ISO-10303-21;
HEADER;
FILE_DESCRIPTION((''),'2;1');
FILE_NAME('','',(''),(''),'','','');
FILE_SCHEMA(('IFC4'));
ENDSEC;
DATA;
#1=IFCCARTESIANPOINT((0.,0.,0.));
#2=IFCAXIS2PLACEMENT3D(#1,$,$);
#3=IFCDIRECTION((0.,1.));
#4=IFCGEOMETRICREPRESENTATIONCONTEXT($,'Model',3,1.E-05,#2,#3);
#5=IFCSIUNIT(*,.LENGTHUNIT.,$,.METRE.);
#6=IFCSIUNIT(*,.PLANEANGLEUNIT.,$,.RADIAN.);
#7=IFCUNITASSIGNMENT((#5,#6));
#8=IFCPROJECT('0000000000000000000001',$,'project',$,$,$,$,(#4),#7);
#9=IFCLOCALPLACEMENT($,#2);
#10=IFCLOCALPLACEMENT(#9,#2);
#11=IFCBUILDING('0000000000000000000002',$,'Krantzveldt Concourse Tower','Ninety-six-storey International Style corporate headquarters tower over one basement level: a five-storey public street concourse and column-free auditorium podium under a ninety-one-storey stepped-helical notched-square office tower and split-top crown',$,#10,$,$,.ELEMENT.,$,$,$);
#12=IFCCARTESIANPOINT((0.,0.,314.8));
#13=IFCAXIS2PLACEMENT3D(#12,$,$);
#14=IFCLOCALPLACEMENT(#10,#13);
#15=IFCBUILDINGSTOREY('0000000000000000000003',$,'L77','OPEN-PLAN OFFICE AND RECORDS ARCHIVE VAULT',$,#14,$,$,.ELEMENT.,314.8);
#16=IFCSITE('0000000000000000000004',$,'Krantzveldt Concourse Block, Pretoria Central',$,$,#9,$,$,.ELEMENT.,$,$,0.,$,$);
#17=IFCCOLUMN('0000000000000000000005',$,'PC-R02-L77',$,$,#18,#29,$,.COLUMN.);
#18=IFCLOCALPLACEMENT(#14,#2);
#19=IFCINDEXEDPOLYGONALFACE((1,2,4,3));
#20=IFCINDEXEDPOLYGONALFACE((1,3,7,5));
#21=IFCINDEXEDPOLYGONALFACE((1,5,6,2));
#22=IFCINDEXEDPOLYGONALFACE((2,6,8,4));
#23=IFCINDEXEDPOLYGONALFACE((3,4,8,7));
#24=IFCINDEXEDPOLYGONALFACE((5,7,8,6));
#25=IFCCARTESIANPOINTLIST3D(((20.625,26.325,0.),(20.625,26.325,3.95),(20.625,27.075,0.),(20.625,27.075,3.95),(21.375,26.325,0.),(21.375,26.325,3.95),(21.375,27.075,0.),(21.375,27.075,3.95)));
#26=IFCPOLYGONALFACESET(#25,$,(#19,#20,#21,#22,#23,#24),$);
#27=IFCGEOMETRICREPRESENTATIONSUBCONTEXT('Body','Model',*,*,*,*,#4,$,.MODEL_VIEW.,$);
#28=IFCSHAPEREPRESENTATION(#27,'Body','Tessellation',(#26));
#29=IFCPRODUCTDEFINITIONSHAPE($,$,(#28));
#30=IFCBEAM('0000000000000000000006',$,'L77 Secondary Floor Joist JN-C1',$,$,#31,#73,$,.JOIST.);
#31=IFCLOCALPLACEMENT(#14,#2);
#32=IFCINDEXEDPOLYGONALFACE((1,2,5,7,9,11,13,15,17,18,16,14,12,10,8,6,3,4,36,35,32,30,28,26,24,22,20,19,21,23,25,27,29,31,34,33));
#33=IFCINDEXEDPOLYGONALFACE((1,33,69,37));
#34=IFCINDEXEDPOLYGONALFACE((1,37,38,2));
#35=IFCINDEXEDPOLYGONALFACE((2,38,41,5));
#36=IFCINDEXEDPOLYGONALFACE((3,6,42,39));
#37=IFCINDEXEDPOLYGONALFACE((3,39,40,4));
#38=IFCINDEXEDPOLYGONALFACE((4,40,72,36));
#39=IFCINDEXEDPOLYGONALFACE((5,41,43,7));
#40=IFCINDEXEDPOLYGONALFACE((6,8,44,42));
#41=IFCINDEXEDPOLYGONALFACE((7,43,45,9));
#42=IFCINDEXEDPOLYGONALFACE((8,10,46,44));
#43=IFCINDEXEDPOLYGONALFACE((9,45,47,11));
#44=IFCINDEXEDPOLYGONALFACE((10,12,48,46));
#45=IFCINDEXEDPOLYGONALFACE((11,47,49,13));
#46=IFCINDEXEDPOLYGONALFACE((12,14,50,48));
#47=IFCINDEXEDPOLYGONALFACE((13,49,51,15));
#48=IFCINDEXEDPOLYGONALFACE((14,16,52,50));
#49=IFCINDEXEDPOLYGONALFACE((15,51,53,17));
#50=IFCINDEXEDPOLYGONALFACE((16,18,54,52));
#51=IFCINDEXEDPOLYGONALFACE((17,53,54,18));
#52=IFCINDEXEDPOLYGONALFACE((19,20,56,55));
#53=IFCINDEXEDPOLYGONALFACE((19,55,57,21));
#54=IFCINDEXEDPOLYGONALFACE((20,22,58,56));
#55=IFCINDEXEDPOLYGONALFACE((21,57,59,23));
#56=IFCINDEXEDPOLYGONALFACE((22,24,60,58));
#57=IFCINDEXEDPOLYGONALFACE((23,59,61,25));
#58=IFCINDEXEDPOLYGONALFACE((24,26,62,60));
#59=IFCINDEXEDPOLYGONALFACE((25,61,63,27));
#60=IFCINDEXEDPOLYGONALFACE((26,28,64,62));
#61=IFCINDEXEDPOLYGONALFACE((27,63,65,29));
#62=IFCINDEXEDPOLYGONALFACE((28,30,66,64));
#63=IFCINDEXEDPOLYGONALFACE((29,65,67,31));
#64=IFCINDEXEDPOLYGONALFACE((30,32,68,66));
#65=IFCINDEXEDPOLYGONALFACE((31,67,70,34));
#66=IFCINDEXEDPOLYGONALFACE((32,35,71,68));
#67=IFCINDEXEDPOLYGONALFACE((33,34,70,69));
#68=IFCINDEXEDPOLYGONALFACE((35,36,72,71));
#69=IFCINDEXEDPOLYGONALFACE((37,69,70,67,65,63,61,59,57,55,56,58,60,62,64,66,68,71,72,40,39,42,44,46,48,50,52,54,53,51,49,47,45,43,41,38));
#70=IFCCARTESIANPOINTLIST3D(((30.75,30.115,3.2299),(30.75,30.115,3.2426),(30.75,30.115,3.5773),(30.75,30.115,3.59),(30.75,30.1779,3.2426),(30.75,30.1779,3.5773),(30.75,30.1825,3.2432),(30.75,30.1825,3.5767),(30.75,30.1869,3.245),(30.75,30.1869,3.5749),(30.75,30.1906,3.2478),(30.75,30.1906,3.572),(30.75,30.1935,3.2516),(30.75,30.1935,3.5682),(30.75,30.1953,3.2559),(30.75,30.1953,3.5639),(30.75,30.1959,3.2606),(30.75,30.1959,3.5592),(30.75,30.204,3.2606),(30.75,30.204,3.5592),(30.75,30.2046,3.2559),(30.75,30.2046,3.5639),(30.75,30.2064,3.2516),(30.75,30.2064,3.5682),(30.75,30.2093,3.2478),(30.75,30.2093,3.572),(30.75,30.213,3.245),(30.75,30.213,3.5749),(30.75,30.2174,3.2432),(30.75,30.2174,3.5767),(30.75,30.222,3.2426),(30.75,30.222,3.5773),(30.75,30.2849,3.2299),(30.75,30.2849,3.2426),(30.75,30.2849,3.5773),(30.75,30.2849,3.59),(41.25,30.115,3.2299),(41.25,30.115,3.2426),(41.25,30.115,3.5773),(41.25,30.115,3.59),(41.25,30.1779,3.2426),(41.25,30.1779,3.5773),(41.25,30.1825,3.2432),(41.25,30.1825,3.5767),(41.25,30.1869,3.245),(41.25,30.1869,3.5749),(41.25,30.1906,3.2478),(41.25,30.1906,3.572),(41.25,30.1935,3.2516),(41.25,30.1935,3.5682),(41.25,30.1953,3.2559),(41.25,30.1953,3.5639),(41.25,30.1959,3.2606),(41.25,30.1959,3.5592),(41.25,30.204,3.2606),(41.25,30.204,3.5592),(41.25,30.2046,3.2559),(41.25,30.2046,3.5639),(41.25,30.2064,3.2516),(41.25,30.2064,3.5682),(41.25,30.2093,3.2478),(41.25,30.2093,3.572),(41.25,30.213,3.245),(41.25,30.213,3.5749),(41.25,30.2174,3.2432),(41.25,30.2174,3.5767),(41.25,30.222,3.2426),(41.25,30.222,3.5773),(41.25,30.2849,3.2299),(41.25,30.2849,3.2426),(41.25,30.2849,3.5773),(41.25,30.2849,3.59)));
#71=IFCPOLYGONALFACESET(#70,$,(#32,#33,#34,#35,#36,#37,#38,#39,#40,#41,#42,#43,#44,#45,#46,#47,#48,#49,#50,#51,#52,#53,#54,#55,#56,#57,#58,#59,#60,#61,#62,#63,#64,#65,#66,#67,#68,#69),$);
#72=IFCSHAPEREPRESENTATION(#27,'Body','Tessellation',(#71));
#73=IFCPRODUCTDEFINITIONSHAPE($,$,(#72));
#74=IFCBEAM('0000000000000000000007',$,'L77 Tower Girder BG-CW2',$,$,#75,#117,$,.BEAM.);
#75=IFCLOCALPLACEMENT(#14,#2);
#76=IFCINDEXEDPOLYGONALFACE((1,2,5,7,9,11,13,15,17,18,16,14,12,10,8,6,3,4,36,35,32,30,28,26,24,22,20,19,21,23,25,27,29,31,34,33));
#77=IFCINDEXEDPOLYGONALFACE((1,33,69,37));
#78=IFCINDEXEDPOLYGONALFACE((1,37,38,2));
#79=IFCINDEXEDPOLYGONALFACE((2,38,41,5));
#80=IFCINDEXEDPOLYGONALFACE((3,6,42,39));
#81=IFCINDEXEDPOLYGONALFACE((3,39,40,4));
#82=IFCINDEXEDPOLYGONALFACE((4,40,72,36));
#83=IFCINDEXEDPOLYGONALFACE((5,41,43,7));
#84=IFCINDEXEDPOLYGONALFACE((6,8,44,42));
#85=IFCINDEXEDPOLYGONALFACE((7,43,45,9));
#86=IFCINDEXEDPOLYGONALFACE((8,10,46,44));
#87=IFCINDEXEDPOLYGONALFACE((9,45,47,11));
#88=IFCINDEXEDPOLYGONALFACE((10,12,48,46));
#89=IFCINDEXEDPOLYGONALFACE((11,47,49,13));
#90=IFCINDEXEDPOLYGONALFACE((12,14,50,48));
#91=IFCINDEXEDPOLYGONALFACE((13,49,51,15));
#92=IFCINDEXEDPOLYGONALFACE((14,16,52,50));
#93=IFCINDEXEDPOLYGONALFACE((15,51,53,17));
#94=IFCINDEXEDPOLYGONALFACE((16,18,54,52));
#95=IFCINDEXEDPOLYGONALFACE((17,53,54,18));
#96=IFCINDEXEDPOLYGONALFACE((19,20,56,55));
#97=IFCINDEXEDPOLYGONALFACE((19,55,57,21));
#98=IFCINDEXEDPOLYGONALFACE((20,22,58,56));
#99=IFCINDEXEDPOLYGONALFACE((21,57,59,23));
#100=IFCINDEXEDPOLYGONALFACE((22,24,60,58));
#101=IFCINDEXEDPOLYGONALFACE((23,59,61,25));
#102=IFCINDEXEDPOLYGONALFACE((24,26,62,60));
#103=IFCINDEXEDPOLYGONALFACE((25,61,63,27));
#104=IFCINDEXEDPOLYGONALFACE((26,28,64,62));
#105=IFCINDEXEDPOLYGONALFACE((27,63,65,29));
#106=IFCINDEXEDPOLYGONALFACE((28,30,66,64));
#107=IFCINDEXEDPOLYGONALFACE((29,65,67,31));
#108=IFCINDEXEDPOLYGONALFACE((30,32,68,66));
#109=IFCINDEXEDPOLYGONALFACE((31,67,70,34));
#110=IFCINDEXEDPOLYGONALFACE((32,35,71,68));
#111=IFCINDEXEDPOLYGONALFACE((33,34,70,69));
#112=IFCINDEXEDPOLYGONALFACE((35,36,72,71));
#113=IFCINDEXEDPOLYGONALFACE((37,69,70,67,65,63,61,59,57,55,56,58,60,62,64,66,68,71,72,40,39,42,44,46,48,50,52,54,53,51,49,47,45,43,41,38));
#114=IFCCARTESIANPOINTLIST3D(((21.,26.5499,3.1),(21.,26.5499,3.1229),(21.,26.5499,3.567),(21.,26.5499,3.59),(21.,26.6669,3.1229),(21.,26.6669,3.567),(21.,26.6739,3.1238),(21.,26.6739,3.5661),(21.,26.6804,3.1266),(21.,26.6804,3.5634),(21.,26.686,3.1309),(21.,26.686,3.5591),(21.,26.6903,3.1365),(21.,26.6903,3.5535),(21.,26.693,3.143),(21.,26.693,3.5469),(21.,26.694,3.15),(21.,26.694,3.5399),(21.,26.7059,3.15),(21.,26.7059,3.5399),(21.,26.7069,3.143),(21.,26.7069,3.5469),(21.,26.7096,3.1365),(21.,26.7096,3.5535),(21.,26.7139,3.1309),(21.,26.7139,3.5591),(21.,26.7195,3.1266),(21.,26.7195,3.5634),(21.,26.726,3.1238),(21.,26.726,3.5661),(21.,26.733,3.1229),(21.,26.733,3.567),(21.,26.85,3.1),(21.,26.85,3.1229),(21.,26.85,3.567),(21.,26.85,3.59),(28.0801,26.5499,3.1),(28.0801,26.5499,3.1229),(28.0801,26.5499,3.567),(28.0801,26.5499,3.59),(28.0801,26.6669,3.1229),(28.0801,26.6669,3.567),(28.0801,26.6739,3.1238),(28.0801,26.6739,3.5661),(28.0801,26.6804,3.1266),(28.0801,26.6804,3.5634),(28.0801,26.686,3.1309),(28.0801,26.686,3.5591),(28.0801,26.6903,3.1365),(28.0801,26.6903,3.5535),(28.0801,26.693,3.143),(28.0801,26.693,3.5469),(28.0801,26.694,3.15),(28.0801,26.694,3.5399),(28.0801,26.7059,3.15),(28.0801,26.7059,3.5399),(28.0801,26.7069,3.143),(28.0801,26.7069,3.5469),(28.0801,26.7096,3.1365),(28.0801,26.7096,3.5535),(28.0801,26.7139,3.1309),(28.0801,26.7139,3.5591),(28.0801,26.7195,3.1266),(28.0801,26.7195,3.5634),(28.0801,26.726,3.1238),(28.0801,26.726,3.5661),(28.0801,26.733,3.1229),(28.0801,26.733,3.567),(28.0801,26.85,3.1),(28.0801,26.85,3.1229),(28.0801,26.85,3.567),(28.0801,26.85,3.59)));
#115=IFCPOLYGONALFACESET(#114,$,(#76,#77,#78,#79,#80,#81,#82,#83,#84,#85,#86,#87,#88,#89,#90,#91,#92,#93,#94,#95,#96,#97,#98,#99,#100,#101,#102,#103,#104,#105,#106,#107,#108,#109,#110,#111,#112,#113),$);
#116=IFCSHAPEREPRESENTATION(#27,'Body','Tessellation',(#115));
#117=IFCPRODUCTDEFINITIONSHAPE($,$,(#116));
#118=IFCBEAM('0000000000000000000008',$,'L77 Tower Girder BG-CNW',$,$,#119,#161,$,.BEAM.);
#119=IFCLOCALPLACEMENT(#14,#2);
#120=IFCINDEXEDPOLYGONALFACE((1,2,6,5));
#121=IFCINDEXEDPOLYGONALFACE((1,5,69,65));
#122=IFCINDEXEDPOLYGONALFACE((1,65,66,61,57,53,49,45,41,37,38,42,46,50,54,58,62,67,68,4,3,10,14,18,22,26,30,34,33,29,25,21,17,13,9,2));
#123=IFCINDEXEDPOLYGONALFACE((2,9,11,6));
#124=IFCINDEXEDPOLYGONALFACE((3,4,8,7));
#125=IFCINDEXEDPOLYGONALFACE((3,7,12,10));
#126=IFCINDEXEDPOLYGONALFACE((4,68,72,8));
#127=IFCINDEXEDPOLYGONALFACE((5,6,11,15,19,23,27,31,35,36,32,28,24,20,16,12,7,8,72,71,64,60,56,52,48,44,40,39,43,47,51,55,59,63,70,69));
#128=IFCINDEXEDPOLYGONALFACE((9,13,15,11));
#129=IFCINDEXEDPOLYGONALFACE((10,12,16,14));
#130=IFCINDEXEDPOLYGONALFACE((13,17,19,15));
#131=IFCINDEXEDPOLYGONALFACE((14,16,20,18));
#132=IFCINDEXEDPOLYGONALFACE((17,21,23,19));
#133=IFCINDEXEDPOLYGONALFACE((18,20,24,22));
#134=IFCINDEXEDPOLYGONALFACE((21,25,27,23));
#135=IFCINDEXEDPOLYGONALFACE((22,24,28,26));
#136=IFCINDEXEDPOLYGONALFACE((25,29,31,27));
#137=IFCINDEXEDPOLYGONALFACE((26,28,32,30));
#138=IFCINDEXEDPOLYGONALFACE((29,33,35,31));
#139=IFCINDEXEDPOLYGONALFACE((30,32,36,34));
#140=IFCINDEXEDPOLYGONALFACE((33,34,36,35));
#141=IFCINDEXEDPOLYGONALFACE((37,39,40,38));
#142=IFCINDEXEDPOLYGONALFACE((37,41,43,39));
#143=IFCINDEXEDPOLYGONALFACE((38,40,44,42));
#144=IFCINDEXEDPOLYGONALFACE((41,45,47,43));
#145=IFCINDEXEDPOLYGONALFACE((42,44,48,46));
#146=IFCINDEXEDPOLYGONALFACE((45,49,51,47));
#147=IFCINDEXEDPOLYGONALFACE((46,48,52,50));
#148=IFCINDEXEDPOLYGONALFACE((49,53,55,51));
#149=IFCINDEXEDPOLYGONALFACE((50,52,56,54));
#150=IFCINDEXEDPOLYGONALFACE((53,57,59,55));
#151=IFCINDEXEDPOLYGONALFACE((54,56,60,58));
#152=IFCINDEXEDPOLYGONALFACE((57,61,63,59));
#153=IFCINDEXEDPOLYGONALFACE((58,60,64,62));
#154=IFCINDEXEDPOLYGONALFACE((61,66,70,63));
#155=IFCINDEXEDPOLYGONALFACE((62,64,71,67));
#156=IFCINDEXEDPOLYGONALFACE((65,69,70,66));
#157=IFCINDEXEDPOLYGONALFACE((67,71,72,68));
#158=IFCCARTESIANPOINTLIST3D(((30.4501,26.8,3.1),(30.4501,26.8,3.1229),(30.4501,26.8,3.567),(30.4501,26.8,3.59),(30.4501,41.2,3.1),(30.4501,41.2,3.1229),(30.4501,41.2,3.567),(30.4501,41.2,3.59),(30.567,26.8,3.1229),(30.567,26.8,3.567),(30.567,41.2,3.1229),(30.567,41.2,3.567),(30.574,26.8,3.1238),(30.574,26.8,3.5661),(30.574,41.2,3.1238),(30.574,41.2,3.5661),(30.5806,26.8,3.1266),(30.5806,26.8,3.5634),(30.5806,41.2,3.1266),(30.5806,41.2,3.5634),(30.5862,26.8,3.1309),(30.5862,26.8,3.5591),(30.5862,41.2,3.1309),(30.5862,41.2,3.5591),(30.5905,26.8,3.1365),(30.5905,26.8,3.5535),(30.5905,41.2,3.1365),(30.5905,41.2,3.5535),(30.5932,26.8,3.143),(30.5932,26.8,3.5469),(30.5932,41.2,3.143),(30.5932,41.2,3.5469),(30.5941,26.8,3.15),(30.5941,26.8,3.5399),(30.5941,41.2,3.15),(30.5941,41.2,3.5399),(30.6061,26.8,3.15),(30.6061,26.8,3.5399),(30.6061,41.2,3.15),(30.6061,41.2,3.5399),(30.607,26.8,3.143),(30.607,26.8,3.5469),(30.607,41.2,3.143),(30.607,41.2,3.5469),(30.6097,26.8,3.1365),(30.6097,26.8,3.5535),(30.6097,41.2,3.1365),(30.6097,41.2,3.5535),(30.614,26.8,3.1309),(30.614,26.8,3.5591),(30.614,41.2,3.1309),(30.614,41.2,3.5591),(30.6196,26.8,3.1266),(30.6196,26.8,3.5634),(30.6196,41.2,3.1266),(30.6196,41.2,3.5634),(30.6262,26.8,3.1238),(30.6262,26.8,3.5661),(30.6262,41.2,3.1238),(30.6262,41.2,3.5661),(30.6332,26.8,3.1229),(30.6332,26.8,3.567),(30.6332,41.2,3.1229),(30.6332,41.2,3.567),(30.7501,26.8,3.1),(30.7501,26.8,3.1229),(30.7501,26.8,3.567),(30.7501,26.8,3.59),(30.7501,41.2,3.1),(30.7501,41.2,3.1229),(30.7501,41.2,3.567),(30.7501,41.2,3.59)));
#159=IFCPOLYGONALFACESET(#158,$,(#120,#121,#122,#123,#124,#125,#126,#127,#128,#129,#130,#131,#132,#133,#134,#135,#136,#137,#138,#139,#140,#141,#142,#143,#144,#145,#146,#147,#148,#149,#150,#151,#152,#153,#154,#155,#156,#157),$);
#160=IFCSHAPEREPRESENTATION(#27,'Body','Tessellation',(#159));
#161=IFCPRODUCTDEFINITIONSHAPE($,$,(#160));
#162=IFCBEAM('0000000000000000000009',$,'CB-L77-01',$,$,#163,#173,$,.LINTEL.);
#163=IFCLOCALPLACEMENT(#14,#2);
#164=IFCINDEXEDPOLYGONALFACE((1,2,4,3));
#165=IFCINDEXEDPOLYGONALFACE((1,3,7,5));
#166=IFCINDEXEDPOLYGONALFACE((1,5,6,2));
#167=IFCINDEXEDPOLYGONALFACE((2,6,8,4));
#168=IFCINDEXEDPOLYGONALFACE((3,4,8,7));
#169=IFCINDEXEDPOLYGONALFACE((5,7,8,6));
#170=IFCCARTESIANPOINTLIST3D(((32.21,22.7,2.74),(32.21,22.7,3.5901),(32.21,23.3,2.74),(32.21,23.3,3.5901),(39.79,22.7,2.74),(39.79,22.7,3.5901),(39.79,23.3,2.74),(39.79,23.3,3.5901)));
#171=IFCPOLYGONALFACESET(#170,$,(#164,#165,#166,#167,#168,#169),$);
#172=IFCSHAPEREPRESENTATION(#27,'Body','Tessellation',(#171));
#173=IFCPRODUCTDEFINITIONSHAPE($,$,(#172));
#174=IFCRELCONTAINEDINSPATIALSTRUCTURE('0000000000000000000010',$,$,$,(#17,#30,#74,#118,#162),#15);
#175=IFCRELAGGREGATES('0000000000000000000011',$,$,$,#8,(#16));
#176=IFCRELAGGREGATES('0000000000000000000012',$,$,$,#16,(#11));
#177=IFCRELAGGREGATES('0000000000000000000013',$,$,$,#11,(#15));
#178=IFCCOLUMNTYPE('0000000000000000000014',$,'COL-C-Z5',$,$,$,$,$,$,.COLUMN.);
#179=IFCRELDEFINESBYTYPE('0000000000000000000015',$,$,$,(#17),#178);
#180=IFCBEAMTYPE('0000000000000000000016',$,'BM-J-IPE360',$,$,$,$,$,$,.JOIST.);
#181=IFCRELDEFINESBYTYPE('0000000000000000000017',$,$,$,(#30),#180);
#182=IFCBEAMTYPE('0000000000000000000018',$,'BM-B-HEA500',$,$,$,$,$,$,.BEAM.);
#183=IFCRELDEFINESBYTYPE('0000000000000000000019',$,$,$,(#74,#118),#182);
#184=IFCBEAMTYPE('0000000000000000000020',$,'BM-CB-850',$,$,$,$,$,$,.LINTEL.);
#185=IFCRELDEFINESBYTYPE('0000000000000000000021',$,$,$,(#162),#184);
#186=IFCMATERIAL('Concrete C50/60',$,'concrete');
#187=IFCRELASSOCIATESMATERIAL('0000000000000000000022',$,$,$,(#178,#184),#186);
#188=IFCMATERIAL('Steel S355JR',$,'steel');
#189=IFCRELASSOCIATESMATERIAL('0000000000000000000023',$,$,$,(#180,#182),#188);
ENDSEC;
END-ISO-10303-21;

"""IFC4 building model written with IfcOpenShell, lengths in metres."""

from ifc_helpers import new_model, si_unit, direction, frame, origin, origin_2d, place, context, subcontext, project, spatial, rectangle, i_section, extrude, source, transform, mapped, material, material_profile, profile_set, type_object, type_shapes, element, save


model = new_model("IFC4")

# Units and contexts
model_context = context("Model", 3, precision=1e-05, world=origin(), true_north=direction((0.0, 1.0)))
body_context = subcontext(model_context, "Body", "Model", "MODEL_VIEW")
ifc_project = project(units=[si_unit("LENGTHUNIT", "METRE"), si_unit("PLANEANGLEUNIT", "RADIAN")], contexts=[model_context])

# Site, building, storey
site_placement = place(None, origin())
site = spatial("IfcSite", under=ifc_project, at=site_placement, Name="Krantzveldt Concourse Block, Pretoria Central", CompositionType="ELEMENT", RefElevation=0.0)
building_placement = place(site_placement, origin())
building = spatial("IfcBuilding", under=site, at=building_placement, Name="Krantzveldt Concourse Tower", Description="Ninety-six-storey International Style corporate headquarters tower over one basement level: a five-storey public street concourse and column-free auditorium podium under a ninety-one-storey stepped-helical notched-square office tower and split-top crown", CompositionType="ELEMENT")
storey_placement = place(building_placement, frame((0.0, 0.0, 314.8)))
storey = spatial("IfcBuildingStorey", under=building, at=storey_placement, Name="L77", Description="OPEN-PLAN OFFICE AND RECORDS ARCHIVE VAULT", CompositionType="ELEMENT", Elevation=314.8)

# Column
ifc_material_1 = material(Name="Concrete C50/60", Category="concrete")
ifc_material_profile_1 = material_profile(ifc_material_1, rectangle(XDim=0.75, YDim=0.75, at=origin_2d()), Name="Concrete C50/60", Category="concrete")
ifc_profile_set_1 = profile_set([ifc_material_profile_1], Name="Concrete C50/60 - RC 750x750")
column_type = type_object("IfcColumnType", Name="COL-C-Z5", PredefinedType="COLUMN", material=ifc_profile_set_1)
shared_shape_1 = source(origin(), body_context, "Body", "SweptSolid", [
    extrude(rectangle(XDim=0.75, YDim=0.75, at=origin_2d()), origin(), (0.0, 0.0, 1.0), 3.95),
])
type_shapes(column_type, [shared_shape_1])
column_placement = place(storey_placement, frame((21.0, 26.7, 0.0), z_axis=(0.0, 0.0, 1.0), x_axis=(1.0, 0.0, 0.0)))
element("IfcColumn", 1, at=column_placement, inside=storey, type_object=column_type, Name="PC-R02-L77", PredefinedType="COLUMN", context=body_context, shape_type="MappedRepresentation", body=[
    mapped(shared_shape_1, transform((0.0, 0.0, 0.0), x_axis=(1.0, 0.0, 0.0), y_axis=(0.0, 1.0, 0.0), z_axis=(0.0, 0.0, 1.0), scale=1.0)),
])

# Beams
ifc_material_2 = material(Name="Steel S355JR", Category="steel")
ifc_material_profile_2 = material_profile(ifc_material_2, i_section(OverallWidth=0.1699, OverallDepth=0.3601, WebThickness=0.0081, FlangeThickness=0.0127, FilletRadius=0.0181, at=origin_2d()), Name="Steel S355JR", Category="steel")
ifc_profile_set_2 = profile_set([ifc_material_profile_2], Name="Steel S355JR - IPE 360")
beam_type_1 = type_object("IfcBeamType", Name="BM-J-IPE360", PredefinedType="JOIST", material=ifc_profile_set_2)
shared_shape_2 = source(origin(), body_context, "Body", "SweptSolid", [
    extrude(i_section(OverallWidth=0.1699, OverallDepth=0.3601, WebThickness=0.0081, FlangeThickness=0.0127, FilletRadius=0.0181, at=origin_2d()), origin(), (0.0, 0.0, 1.0), 10.5),
])
beam_1_placement = place(storey_placement, frame((30.75, 30.2, 3.4099), z_axis=(1.0, 0.0, 0.0), x_axis=(0.0, 1.0, 0.0)))
element("IfcBeam", 2, at=beam_1_placement, inside=storey, type_object=beam_type_1, Name="L77 Secondary Floor Joist JN-C1", PredefinedType="JOIST", context=body_context, shape_type="MappedRepresentation", body=[
    mapped(shared_shape_2, transform((0.0, 0.0, 0.0), x_axis=(1.0, 0.0, 0.0), y_axis=(0.0, 1.0, 0.0), z_axis=(0.0, 0.0, 1.0), scale=1.0)),
])
ifc_material_profile_3 = material_profile(ifc_material_2, i_section(OverallWidth=0.3, OverallDepth=0.49, WebThickness=0.012, FlangeThickness=0.0229, FilletRadius=0.0271, at=origin_2d()), Name="Steel S355JR", Category="steel")
ifc_profile_set_3 = profile_set([ifc_material_profile_3], Name="Steel S355JR - HEA 500")
beam_type_2 = type_object("IfcBeamType", Name="BM-B-HEA500", PredefinedType="BEAM", material=ifc_profile_set_3)
shared_shape_3 = source(origin(), body_context, "Body", "SweptSolid", [
    extrude(i_section(OverallWidth=0.3, OverallDepth=0.49, WebThickness=0.012, FlangeThickness=0.0229, FilletRadius=0.0271, at=origin_2d()), origin(), (0.0, 0.0, 1.0), 7.0801),
])
beam_2_placement = place(storey_placement, frame((21.0, 26.7, 3.345), z_axis=(1.0, 0.0, 0.0), x_axis=(0.0, 1.0, 0.0)))
element("IfcBeam", 3, at=beam_2_placement, inside=storey, type_object=beam_type_2, Name="L77 Tower Girder BG-CW2", PredefinedType="BEAM", context=body_context, shape_type="MappedRepresentation", body=[
    mapped(shared_shape_3, transform((0.0, 0.0, 0.0), x_axis=(1.0, 0.0, 0.0), y_axis=(0.0, 1.0, 0.0), z_axis=(0.0, 0.0, 1.0), scale=1.0)),
])
shared_shape_4 = source(origin(), body_context, "Body", "SweptSolid", [
    extrude(i_section(OverallWidth=0.3, OverallDepth=0.49, WebThickness=0.012, FlangeThickness=0.0229, FilletRadius=0.0271, at=origin_2d()), origin(), (0.0, 0.0, 1.0), 14.3999),
])
type_shapes(beam_type_2, [shared_shape_3, shared_shape_4])
beam_3_placement = place(storey_placement, frame((30.6001, 26.8, 3.345), z_axis=(0.0, 1.0, 0.0), x_axis=(-1.0, 0.0, 0.0)))
element("IfcBeam", 4, at=beam_3_placement, inside=storey, type_object=beam_type_2, Name="L77 Tower Girder BG-CNW", PredefinedType="BEAM", context=body_context, shape_type="MappedRepresentation", body=[
    mapped(shared_shape_4, transform((0.0, 0.0, 0.0), x_axis=(1.0, 0.0, 0.0), y_axis=(0.0, 1.0, 0.0), z_axis=(0.0, 0.0, 1.0), scale=1.0)),
])
ifc_material_profile_4 = material_profile(ifc_material_1, rectangle(XDim=0.6001, YDim=0.8501, at=origin_2d()), Name="Concrete C50/60", Category="concrete")
ifc_profile_set_4 = profile_set([ifc_material_profile_4], Name="Concrete C50/60 - RC-CB 600x850")
beam_type_3 = type_object("IfcBeamType", Name="BM-CB-850", PredefinedType="LINTEL", material=ifc_profile_set_4)
shared_shape_5 = source(origin(), body_context, "Body", "SweptSolid", [
    extrude(rectangle(XDim=0.6001, YDim=0.8501, at=origin_2d()), origin(), (0.0, 0.0, 1.0), 7.5801),
])
type_shapes(beam_type_3, [shared_shape_5])
beam_4_placement = place(storey_placement, frame((32.21, 23.0, 3.165), z_axis=(1.0, 0.0, 0.0), x_axis=(0.0, 1.0, 0.0)))
element("IfcBeam", 5, at=beam_4_placement, inside=storey, type_object=beam_type_3, Name="CB-L77-01", PredefinedType="LINTEL", context=body_context, shape_type="MappedRepresentation", body=[
    mapped(shared_shape_5, transform((0.0, 0.0, 0.0), x_axis=(1.0, 0.0, 0.0), y_axis=(0.0, 1.0, 0.0), z_axis=(0.0, 0.0, 1.0), scale=1.0)),
])

save(model, "model.ifc")
